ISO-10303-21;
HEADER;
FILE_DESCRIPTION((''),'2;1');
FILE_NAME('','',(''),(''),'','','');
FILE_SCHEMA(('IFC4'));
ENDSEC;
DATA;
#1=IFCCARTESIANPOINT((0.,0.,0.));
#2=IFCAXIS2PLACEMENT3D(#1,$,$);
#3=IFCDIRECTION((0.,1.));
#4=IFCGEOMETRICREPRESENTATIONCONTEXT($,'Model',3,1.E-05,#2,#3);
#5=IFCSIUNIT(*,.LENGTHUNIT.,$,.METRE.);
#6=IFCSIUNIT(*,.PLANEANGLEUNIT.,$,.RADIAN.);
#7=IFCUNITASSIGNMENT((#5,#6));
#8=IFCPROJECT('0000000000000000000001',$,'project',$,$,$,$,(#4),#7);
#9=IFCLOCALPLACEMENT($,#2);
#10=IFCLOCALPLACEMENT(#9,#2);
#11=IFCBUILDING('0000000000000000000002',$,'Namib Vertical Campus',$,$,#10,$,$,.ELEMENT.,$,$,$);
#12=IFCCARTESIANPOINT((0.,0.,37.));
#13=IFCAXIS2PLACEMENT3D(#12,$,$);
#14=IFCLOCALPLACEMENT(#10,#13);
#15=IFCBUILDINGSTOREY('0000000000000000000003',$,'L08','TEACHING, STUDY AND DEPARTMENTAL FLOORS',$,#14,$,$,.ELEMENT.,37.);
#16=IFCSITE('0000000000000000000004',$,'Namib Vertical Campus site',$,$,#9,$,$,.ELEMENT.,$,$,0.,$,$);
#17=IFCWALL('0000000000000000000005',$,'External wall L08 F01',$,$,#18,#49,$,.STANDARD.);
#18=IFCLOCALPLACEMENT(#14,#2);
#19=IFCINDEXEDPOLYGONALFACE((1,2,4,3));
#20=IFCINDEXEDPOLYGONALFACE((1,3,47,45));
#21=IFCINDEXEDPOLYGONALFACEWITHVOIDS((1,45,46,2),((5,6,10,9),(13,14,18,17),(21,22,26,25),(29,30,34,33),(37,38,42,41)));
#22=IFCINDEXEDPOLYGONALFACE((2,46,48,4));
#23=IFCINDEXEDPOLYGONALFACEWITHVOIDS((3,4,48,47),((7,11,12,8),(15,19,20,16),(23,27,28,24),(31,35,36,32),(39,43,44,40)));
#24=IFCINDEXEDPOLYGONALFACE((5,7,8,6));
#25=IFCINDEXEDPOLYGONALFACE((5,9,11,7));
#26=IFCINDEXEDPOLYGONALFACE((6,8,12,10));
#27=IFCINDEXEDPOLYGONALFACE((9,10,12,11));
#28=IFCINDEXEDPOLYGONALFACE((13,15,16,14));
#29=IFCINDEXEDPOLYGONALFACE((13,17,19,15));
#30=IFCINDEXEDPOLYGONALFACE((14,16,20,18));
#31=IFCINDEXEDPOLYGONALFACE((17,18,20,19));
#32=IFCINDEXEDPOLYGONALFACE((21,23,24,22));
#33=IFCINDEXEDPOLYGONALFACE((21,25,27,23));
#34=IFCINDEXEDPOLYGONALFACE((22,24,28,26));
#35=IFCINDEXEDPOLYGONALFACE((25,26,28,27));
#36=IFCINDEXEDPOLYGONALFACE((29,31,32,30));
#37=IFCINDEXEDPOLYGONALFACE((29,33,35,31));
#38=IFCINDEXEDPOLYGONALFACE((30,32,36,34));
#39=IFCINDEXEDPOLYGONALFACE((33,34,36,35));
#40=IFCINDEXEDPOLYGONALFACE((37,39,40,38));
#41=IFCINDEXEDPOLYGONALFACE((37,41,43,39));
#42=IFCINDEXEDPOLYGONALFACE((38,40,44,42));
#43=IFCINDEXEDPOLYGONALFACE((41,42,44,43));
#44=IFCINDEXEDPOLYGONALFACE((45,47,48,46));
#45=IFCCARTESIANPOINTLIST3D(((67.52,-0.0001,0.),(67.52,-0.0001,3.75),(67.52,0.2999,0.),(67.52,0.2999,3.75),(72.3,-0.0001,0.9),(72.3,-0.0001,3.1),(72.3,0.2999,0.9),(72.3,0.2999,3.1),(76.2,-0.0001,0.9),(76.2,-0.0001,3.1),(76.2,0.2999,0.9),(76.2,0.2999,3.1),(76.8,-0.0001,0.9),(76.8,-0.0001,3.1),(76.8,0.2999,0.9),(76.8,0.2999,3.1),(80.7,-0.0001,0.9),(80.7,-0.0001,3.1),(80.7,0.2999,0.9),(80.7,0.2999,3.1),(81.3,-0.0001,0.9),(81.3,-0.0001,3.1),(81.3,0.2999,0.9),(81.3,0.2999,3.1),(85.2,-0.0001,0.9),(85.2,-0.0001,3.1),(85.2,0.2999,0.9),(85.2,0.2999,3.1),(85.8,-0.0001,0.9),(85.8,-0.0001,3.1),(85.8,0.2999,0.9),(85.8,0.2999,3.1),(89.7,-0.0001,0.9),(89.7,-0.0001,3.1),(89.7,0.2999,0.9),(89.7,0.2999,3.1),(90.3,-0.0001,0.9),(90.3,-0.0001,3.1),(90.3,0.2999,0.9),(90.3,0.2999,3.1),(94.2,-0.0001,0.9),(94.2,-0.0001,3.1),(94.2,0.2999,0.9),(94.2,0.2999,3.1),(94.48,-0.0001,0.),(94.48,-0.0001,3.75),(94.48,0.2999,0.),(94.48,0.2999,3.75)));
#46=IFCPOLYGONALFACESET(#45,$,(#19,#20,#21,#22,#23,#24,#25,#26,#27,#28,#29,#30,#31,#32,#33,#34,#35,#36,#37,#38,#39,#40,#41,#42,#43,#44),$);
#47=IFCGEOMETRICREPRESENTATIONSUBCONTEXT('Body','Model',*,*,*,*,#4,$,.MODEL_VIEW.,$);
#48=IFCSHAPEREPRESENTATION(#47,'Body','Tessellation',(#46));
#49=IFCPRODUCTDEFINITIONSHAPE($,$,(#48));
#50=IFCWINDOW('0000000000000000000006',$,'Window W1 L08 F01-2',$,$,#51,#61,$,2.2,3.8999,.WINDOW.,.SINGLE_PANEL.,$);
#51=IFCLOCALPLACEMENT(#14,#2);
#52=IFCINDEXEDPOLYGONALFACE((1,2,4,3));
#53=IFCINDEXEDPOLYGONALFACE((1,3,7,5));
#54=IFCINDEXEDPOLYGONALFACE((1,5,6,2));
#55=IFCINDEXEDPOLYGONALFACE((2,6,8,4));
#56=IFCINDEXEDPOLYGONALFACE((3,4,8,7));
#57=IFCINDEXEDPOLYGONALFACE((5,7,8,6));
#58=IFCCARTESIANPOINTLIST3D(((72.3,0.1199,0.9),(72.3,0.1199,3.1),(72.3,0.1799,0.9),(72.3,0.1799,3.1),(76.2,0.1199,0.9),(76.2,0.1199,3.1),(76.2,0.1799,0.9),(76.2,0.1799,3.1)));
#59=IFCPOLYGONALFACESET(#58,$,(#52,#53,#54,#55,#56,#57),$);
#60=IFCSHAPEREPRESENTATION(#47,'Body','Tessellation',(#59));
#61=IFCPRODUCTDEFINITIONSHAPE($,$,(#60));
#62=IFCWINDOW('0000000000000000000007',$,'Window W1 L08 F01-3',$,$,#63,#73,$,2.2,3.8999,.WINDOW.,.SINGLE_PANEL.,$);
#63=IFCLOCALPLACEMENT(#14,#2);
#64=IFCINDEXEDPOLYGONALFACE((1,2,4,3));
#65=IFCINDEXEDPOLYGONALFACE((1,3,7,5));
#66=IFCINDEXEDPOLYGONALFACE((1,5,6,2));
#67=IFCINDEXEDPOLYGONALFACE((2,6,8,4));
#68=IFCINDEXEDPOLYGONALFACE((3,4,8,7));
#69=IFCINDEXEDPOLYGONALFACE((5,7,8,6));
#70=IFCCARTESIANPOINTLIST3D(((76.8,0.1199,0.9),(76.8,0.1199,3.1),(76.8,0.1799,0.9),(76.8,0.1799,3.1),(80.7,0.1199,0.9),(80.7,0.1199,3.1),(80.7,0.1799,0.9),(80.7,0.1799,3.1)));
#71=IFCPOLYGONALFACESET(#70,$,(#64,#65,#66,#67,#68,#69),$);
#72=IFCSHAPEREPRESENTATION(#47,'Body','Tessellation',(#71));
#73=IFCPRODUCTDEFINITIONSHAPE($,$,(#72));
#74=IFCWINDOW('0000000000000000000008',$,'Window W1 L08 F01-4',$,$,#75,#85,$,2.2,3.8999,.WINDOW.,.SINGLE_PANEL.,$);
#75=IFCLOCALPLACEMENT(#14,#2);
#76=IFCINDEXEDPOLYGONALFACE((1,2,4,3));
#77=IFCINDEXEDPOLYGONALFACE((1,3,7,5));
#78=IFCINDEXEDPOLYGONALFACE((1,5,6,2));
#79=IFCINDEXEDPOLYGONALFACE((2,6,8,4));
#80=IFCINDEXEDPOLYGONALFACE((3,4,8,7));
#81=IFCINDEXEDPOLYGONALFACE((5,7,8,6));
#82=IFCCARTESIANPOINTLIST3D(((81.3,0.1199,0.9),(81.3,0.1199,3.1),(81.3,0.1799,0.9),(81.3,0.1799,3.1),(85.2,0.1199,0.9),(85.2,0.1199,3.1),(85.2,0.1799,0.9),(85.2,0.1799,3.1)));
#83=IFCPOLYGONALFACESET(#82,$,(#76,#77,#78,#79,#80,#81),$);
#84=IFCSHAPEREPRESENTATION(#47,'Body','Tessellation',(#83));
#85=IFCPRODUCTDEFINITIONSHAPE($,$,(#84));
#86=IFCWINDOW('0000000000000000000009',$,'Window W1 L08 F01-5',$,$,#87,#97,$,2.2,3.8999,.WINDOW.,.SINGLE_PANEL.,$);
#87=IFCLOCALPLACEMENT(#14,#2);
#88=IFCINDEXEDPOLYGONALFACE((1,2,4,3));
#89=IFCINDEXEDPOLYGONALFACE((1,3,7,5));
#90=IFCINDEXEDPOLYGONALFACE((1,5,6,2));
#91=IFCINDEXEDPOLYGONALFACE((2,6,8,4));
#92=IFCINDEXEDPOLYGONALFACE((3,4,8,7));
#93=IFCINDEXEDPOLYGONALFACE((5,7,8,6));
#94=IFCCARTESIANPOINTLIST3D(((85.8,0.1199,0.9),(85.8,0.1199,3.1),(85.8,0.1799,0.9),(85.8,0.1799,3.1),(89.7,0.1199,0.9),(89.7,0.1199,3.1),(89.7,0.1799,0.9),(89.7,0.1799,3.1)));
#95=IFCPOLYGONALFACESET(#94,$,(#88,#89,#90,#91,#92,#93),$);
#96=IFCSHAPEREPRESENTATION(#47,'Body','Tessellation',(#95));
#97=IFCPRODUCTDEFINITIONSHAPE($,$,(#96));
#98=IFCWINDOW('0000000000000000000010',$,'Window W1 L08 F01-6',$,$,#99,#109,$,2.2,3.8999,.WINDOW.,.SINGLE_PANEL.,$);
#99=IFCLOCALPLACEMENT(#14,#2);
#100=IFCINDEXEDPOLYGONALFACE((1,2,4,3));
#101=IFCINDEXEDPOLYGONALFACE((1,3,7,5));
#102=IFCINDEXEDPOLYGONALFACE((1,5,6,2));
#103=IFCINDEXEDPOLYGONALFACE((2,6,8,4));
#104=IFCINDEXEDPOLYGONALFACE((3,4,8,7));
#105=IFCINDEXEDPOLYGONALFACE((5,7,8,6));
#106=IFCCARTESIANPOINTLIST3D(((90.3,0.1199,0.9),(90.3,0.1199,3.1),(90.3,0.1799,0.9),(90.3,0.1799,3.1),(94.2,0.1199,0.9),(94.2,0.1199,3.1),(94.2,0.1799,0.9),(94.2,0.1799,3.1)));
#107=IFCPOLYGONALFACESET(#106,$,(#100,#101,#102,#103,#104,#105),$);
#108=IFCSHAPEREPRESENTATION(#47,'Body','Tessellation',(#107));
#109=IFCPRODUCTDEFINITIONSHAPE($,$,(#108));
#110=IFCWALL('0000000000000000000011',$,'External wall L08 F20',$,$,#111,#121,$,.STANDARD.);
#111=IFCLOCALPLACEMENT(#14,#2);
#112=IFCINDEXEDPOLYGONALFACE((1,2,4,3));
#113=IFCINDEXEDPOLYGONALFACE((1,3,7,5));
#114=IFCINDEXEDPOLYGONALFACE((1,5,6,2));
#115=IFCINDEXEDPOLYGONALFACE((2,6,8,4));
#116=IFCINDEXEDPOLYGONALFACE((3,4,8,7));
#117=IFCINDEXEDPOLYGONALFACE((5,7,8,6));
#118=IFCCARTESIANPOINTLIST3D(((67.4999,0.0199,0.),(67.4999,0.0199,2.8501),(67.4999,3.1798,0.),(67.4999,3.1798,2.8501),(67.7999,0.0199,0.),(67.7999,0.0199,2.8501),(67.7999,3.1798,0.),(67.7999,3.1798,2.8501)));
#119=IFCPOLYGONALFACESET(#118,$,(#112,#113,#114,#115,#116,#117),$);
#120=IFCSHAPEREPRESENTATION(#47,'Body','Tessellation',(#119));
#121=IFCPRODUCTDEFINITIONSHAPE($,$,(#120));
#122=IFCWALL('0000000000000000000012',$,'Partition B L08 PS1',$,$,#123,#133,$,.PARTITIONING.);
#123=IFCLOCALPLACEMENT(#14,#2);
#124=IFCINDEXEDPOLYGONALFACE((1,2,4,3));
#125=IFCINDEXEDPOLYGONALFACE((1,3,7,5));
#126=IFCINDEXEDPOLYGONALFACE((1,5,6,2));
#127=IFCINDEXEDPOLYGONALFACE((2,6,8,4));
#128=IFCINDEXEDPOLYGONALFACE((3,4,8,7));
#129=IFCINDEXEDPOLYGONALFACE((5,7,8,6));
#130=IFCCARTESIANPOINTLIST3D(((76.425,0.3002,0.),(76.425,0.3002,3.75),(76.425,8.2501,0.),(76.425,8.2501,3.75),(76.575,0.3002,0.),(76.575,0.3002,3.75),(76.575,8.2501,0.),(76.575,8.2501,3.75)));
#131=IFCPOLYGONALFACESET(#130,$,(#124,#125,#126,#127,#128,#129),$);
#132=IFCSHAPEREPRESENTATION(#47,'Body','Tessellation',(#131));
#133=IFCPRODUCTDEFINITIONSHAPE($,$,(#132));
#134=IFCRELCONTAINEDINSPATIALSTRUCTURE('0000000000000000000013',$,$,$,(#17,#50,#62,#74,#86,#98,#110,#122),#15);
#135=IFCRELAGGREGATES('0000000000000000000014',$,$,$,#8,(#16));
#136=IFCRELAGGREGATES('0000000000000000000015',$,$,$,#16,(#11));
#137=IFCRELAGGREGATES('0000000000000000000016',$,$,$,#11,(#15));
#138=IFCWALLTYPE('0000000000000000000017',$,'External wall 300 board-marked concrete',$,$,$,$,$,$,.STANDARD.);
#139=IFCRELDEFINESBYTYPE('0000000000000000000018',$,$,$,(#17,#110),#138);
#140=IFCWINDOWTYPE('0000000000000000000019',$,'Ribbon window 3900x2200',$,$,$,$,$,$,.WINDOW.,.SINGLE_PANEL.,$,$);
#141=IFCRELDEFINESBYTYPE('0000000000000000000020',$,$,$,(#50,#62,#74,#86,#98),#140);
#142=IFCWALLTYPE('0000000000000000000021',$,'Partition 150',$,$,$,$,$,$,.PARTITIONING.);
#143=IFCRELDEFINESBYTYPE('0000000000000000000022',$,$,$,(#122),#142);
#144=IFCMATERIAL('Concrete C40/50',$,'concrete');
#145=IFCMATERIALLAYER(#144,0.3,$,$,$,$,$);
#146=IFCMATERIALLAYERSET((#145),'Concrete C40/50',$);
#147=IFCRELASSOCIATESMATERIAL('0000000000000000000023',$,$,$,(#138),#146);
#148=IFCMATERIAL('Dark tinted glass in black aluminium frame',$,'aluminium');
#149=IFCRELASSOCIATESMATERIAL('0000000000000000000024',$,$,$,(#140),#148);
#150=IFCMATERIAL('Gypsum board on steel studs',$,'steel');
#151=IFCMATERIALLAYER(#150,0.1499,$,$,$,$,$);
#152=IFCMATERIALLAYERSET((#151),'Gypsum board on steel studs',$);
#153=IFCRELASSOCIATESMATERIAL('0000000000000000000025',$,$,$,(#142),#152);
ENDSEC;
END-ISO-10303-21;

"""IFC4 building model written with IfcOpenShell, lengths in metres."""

from ifc_helpers import new_model, si_unit, direction, frame, frame_2d, origin, place, context, subcontext, project, spatial, rectangle, extrude, material, layer, layer_set, type_object, element, fill, save


model = new_model("IFC4")

# Units and contexts
model_context = context("Model", 3, precision=1e-05, world=origin(), true_north=direction((0.0, 1.0)))
body_context = subcontext(model_context, "Body", "Model", "MODEL_VIEW")
ifc_project = project(units=[si_unit("LENGTHUNIT", "METRE"), si_unit("PLANEANGLEUNIT", "RADIAN")], contexts=[model_context])

# Site, building, storey
site_placement = place(None, origin())
site = spatial("IfcSite", under=ifc_project, at=site_placement, Name="Namib Vertical Campus site", CompositionType="ELEMENT", RefElevation=0.0)
building_placement = place(site_placement, origin())
building = spatial("IfcBuilding", under=site, at=building_placement, Name="Namib Vertical Campus", CompositionType="ELEMENT")
storey_placement = place(building_placement, frame((0.0, 0.0, 37.0)))
storey = spatial("IfcBuildingStorey", under=building, at=storey_placement, Name="L08", Description="TEACHING, STUDY AND DEPARTMENTAL FLOORS", CompositionType="ELEMENT", Elevation=37.0)

# Wall, openings, windows
ifc_material_1 = material(Name="Concrete C40/50", Category="concrete")
ifc_layer_1 = layer(ifc_material_1, 0.3)
ifc_layer_set_1 = layer_set([ifc_layer_1], Name="Concrete C40/50")
wall_type_1 = type_object("IfcWallType", Name="External wall 300 board-marked concrete", PredefinedType="STANDARD", material=ifc_layer_set_1)
wall_1_placement = place(storey_placement, frame((67.52, 0.1499, 0.0), z_axis=(0.0, 0.0, 1.0), x_axis=(1.0, 0.0, 0.0)))
wall_1 = element("IfcWall", 1, at=wall_1_placement, inside=storey, type_object=wall_type_1, Name="External wall L08 F01", PredefinedType="STANDARD", context=body_context, shape_type="SweptSolid", body=[
    extrude(rectangle(XDim=26.96, YDim=0.3, at=frame_2d((13.48, 0.0))), origin(), (0.0, 0.0, 1.0), 3.75),
])
opening_1_placement = place(wall_1_placement, frame((4.78, 0.0, 0.8999)))
opening_1 = element("IfcOpeningElement", 2, at=opening_1_placement, cuts=wall_1, PredefinedType="OPENING", context=body_context, shape_type="SweptSolid", body=[
    extrude(rectangle(XDim=3.8999, YDim=2.2, at=frame_2d((1.95, 1.1001))), frame((0.0, 0.1599, 0.0), z_axis=(0.0, -1.0, 0.0), x_axis=(1.0, 0.0, 0.0)), (0.0, 0.0, 1.0), 0.3201),
])
opening_2_placement = place(wall_1_placement, frame((9.28, 0.0, 0.8999)))
opening_2 = element("IfcOpeningElement", 3, at=opening_2_placement, cuts=wall_1, PredefinedType="OPENING", context=body_context, shape_type="SweptSolid", body=[
    extrude(rectangle(XDim=3.8999, YDim=2.2, at=frame_2d((1.95, 1.1001))), frame((0.0, 0.1599, 0.0), z_axis=(0.0, -1.0, 0.0), x_axis=(1.0, 0.0, 0.0)), (0.0, 0.0, 1.0), 0.3201),
])
opening_3_placement = place(wall_1_placement, frame((13.78, 0.0, 0.8999)))
opening_3 = element("IfcOpeningElement", 4, at=opening_3_placement, cuts=wall_1, PredefinedType="OPENING", context=body_context, shape_type="SweptSolid", body=[
    extrude(rectangle(XDim=3.8999, YDim=2.2, at=frame_2d((1.95, 1.1001))), frame((0.0, 0.1599, 0.0), z_axis=(0.0, -1.0, 0.0), x_axis=(1.0, 0.0, 0.0)), (0.0, 0.0, 1.0), 0.3201),
])
opening_4_placement = place(wall_1_placement, frame((18.28, 0.0, 0.8999)))
opening_4 = element("IfcOpeningElement", 5, at=opening_4_placement, cuts=wall_1, PredefinedType="OPENING", context=body_context, shape_type="SweptSolid", body=[
    extrude(rectangle(XDim=3.8999, YDim=2.2, at=frame_2d((1.95, 1.1001))), frame((0.0, 0.1599, 0.0), z_axis=(0.0, -1.0, 0.0), x_axis=(1.0, 0.0, 0.0)), (0.0, 0.0, 1.0), 0.3201),
])
opening_5_placement = place(wall_1_placement, frame((22.78, 0.0, 0.8999)))
opening_5 = element("IfcOpeningElement", 6, at=opening_5_placement, cuts=wall_1, PredefinedType="OPENING", context=body_context, shape_type="SweptSolid", body=[
    extrude(rectangle(XDim=3.8999, YDim=2.2, at=frame_2d((1.95, 1.1001))), frame((0.0, 0.1599, 0.0), z_axis=(0.0, -1.0, 0.0), x_axis=(1.0, 0.0, 0.0)), (0.0, 0.0, 1.0), 0.3201),
])
ifc_material_2 = material(Name="Dark tinted glass in black aluminium frame", Category="aluminium")
window_type = type_object("IfcWindowType", Name="Ribbon window 3900x2200", PartitioningType="SINGLE_PANEL", PredefinedType="WINDOW", material=ifc_material_2)
window_1_placement = place(opening_1_placement, origin())
window_1 = element("IfcWindow", 7, at=window_1_placement, inside=storey, type_object=window_type, Name="Window W1 L08 F01-2", OverallHeight=2.2, OverallWidth=3.8999, PartitioningType="SINGLE_PANEL", PredefinedType="WINDOW", context=body_context, shape_type="SweptSolid", body=[
    extrude(rectangle(XDim=3.8999, YDim=2.2, at=frame_2d((1.95, 1.1001))), frame((0.0, 0.03, 0.0), z_axis=(0.0, -1.0, 0.0), x_axis=(1.0, 0.0, 0.0)), (0.0, 0.0, 1.0), 0.0601),
])
fill(opening_1, window_1)
window_2_placement = place(opening_2_placement, origin())
window_2 = element("IfcWindow", 8, at=window_2_placement, inside=storey, type_object=window_type, Name="Window W1 L08 F01-3", OverallHeight=2.2, OverallWidth=3.8999, PartitioningType="SINGLE_PANEL", PredefinedType="WINDOW", context=body_context, shape_type="SweptSolid", body=[
    extrude(rectangle(XDim=3.8999, YDim=2.2, at=frame_2d((1.95, 1.1001))), frame((0.0, 0.03, 0.0), z_axis=(0.0, -1.0, 0.0), x_axis=(1.0, 0.0, 0.0)), (0.0, 0.0, 1.0), 0.0601),
])
fill(opening_2, window_2)
window_3_placement = place(opening_3_placement, origin())
window_3 = element("IfcWindow", 9, at=window_3_placement, inside=storey, type_object=window_type, Name="Window W1 L08 F01-4", OverallHeight=2.2, OverallWidth=3.8999, PartitioningType="SINGLE_PANEL", PredefinedType="WINDOW", context=body_context, shape_type="SweptSolid", body=[
    extrude(rectangle(XDim=3.8999, YDim=2.2, at=frame_2d((1.95, 1.1001))), frame((0.0, 0.03, 0.0), z_axis=(0.0, -1.0, 0.0), x_axis=(1.0, 0.0, 0.0)), (0.0, 0.0, 1.0), 0.0601),
])
fill(opening_3, window_3)
window_4_placement = place(opening_4_placement, origin())
window_4 = element("IfcWindow", 10, at=window_4_placement, inside=storey, type_object=window_type, Name="Window W1 L08 F01-5", OverallHeight=2.2, OverallWidth=3.8999, PartitioningType="SINGLE_PANEL", PredefinedType="WINDOW", context=body_context, shape_type="SweptSolid", body=[
    extrude(rectangle(XDim=3.8999, YDim=2.2, at=frame_2d((1.95, 1.1001))), frame((0.0, 0.03, 0.0), z_axis=(0.0, -1.0, 0.0), x_axis=(1.0, 0.0, 0.0)), (0.0, 0.0, 1.0), 0.0601),
])
fill(opening_4, window_4)
window_5_placement = place(opening_5_placement, origin())
window_5 = element("IfcWindow", 11, at=window_5_placement, inside=storey, type_object=window_type, Name="Window W1 L08 F01-6", OverallHeight=2.2, OverallWidth=3.8999, PartitioningType="SINGLE_PANEL", PredefinedType="WINDOW", context=body_context, shape_type="SweptSolid", body=[
    extrude(rectangle(XDim=3.8999, YDim=2.2, at=frame_2d((1.95, 1.1001))), frame((0.0, 0.03, 0.0), z_axis=(0.0, -1.0, 0.0), x_axis=(1.0, 0.0, 0.0)), (0.0, 0.0, 1.0), 0.0601),
])
fill(opening_5, window_5)

# Walls
wall_2_placement = place(storey_placement, frame((67.6499, 3.1799, 0.0), z_axis=(0.0, 0.0, 1.0), x_axis=(0.0, -1.0, 0.0)))
element("IfcWall", 12, at=wall_2_placement, inside=storey, type_object=wall_type_1, Name="External wall L08 F20", PredefinedType="STANDARD", context=body_context, shape_type="SweptSolid", body=[
    extrude(rectangle(XDim=3.1599, YDim=0.3, at=frame_2d((1.5801, 0.0))), origin(), (0.0, 0.0, 1.0), 2.8501),
])
ifc_material_3 = material(Name="Gypsum board on steel studs", Category="steel")
ifc_layer_2 = layer(ifc_material_3, 0.1499)
ifc_layer_set_2 = layer_set([ifc_layer_2], Name="Gypsum board on steel studs")
wall_type_2 = type_object("IfcWallType", Name="Partition 150", PredefinedType="PARTITIONING", material=ifc_layer_set_2)
wall_3_placement = place(storey_placement, frame((76.5, 0.3, 0.0), z_axis=(0.0, 0.0, 1.0), x_axis=(0.0, 1.0, 0.0)))
element("IfcWall", 13, at=wall_3_placement, inside=storey, type_object=wall_type_2, Name="Partition B L08 PS1", PredefinedType="PARTITIONING", context=body_context, shape_type="SweptSolid", body=[
    extrude(rectangle(XDim=7.95, YDim=0.1499, at=frame_2d((3.9751, 0.0))), origin(), (0.0, 0.0, 1.0), 3.75),
])

save(model, "model.ifc")
